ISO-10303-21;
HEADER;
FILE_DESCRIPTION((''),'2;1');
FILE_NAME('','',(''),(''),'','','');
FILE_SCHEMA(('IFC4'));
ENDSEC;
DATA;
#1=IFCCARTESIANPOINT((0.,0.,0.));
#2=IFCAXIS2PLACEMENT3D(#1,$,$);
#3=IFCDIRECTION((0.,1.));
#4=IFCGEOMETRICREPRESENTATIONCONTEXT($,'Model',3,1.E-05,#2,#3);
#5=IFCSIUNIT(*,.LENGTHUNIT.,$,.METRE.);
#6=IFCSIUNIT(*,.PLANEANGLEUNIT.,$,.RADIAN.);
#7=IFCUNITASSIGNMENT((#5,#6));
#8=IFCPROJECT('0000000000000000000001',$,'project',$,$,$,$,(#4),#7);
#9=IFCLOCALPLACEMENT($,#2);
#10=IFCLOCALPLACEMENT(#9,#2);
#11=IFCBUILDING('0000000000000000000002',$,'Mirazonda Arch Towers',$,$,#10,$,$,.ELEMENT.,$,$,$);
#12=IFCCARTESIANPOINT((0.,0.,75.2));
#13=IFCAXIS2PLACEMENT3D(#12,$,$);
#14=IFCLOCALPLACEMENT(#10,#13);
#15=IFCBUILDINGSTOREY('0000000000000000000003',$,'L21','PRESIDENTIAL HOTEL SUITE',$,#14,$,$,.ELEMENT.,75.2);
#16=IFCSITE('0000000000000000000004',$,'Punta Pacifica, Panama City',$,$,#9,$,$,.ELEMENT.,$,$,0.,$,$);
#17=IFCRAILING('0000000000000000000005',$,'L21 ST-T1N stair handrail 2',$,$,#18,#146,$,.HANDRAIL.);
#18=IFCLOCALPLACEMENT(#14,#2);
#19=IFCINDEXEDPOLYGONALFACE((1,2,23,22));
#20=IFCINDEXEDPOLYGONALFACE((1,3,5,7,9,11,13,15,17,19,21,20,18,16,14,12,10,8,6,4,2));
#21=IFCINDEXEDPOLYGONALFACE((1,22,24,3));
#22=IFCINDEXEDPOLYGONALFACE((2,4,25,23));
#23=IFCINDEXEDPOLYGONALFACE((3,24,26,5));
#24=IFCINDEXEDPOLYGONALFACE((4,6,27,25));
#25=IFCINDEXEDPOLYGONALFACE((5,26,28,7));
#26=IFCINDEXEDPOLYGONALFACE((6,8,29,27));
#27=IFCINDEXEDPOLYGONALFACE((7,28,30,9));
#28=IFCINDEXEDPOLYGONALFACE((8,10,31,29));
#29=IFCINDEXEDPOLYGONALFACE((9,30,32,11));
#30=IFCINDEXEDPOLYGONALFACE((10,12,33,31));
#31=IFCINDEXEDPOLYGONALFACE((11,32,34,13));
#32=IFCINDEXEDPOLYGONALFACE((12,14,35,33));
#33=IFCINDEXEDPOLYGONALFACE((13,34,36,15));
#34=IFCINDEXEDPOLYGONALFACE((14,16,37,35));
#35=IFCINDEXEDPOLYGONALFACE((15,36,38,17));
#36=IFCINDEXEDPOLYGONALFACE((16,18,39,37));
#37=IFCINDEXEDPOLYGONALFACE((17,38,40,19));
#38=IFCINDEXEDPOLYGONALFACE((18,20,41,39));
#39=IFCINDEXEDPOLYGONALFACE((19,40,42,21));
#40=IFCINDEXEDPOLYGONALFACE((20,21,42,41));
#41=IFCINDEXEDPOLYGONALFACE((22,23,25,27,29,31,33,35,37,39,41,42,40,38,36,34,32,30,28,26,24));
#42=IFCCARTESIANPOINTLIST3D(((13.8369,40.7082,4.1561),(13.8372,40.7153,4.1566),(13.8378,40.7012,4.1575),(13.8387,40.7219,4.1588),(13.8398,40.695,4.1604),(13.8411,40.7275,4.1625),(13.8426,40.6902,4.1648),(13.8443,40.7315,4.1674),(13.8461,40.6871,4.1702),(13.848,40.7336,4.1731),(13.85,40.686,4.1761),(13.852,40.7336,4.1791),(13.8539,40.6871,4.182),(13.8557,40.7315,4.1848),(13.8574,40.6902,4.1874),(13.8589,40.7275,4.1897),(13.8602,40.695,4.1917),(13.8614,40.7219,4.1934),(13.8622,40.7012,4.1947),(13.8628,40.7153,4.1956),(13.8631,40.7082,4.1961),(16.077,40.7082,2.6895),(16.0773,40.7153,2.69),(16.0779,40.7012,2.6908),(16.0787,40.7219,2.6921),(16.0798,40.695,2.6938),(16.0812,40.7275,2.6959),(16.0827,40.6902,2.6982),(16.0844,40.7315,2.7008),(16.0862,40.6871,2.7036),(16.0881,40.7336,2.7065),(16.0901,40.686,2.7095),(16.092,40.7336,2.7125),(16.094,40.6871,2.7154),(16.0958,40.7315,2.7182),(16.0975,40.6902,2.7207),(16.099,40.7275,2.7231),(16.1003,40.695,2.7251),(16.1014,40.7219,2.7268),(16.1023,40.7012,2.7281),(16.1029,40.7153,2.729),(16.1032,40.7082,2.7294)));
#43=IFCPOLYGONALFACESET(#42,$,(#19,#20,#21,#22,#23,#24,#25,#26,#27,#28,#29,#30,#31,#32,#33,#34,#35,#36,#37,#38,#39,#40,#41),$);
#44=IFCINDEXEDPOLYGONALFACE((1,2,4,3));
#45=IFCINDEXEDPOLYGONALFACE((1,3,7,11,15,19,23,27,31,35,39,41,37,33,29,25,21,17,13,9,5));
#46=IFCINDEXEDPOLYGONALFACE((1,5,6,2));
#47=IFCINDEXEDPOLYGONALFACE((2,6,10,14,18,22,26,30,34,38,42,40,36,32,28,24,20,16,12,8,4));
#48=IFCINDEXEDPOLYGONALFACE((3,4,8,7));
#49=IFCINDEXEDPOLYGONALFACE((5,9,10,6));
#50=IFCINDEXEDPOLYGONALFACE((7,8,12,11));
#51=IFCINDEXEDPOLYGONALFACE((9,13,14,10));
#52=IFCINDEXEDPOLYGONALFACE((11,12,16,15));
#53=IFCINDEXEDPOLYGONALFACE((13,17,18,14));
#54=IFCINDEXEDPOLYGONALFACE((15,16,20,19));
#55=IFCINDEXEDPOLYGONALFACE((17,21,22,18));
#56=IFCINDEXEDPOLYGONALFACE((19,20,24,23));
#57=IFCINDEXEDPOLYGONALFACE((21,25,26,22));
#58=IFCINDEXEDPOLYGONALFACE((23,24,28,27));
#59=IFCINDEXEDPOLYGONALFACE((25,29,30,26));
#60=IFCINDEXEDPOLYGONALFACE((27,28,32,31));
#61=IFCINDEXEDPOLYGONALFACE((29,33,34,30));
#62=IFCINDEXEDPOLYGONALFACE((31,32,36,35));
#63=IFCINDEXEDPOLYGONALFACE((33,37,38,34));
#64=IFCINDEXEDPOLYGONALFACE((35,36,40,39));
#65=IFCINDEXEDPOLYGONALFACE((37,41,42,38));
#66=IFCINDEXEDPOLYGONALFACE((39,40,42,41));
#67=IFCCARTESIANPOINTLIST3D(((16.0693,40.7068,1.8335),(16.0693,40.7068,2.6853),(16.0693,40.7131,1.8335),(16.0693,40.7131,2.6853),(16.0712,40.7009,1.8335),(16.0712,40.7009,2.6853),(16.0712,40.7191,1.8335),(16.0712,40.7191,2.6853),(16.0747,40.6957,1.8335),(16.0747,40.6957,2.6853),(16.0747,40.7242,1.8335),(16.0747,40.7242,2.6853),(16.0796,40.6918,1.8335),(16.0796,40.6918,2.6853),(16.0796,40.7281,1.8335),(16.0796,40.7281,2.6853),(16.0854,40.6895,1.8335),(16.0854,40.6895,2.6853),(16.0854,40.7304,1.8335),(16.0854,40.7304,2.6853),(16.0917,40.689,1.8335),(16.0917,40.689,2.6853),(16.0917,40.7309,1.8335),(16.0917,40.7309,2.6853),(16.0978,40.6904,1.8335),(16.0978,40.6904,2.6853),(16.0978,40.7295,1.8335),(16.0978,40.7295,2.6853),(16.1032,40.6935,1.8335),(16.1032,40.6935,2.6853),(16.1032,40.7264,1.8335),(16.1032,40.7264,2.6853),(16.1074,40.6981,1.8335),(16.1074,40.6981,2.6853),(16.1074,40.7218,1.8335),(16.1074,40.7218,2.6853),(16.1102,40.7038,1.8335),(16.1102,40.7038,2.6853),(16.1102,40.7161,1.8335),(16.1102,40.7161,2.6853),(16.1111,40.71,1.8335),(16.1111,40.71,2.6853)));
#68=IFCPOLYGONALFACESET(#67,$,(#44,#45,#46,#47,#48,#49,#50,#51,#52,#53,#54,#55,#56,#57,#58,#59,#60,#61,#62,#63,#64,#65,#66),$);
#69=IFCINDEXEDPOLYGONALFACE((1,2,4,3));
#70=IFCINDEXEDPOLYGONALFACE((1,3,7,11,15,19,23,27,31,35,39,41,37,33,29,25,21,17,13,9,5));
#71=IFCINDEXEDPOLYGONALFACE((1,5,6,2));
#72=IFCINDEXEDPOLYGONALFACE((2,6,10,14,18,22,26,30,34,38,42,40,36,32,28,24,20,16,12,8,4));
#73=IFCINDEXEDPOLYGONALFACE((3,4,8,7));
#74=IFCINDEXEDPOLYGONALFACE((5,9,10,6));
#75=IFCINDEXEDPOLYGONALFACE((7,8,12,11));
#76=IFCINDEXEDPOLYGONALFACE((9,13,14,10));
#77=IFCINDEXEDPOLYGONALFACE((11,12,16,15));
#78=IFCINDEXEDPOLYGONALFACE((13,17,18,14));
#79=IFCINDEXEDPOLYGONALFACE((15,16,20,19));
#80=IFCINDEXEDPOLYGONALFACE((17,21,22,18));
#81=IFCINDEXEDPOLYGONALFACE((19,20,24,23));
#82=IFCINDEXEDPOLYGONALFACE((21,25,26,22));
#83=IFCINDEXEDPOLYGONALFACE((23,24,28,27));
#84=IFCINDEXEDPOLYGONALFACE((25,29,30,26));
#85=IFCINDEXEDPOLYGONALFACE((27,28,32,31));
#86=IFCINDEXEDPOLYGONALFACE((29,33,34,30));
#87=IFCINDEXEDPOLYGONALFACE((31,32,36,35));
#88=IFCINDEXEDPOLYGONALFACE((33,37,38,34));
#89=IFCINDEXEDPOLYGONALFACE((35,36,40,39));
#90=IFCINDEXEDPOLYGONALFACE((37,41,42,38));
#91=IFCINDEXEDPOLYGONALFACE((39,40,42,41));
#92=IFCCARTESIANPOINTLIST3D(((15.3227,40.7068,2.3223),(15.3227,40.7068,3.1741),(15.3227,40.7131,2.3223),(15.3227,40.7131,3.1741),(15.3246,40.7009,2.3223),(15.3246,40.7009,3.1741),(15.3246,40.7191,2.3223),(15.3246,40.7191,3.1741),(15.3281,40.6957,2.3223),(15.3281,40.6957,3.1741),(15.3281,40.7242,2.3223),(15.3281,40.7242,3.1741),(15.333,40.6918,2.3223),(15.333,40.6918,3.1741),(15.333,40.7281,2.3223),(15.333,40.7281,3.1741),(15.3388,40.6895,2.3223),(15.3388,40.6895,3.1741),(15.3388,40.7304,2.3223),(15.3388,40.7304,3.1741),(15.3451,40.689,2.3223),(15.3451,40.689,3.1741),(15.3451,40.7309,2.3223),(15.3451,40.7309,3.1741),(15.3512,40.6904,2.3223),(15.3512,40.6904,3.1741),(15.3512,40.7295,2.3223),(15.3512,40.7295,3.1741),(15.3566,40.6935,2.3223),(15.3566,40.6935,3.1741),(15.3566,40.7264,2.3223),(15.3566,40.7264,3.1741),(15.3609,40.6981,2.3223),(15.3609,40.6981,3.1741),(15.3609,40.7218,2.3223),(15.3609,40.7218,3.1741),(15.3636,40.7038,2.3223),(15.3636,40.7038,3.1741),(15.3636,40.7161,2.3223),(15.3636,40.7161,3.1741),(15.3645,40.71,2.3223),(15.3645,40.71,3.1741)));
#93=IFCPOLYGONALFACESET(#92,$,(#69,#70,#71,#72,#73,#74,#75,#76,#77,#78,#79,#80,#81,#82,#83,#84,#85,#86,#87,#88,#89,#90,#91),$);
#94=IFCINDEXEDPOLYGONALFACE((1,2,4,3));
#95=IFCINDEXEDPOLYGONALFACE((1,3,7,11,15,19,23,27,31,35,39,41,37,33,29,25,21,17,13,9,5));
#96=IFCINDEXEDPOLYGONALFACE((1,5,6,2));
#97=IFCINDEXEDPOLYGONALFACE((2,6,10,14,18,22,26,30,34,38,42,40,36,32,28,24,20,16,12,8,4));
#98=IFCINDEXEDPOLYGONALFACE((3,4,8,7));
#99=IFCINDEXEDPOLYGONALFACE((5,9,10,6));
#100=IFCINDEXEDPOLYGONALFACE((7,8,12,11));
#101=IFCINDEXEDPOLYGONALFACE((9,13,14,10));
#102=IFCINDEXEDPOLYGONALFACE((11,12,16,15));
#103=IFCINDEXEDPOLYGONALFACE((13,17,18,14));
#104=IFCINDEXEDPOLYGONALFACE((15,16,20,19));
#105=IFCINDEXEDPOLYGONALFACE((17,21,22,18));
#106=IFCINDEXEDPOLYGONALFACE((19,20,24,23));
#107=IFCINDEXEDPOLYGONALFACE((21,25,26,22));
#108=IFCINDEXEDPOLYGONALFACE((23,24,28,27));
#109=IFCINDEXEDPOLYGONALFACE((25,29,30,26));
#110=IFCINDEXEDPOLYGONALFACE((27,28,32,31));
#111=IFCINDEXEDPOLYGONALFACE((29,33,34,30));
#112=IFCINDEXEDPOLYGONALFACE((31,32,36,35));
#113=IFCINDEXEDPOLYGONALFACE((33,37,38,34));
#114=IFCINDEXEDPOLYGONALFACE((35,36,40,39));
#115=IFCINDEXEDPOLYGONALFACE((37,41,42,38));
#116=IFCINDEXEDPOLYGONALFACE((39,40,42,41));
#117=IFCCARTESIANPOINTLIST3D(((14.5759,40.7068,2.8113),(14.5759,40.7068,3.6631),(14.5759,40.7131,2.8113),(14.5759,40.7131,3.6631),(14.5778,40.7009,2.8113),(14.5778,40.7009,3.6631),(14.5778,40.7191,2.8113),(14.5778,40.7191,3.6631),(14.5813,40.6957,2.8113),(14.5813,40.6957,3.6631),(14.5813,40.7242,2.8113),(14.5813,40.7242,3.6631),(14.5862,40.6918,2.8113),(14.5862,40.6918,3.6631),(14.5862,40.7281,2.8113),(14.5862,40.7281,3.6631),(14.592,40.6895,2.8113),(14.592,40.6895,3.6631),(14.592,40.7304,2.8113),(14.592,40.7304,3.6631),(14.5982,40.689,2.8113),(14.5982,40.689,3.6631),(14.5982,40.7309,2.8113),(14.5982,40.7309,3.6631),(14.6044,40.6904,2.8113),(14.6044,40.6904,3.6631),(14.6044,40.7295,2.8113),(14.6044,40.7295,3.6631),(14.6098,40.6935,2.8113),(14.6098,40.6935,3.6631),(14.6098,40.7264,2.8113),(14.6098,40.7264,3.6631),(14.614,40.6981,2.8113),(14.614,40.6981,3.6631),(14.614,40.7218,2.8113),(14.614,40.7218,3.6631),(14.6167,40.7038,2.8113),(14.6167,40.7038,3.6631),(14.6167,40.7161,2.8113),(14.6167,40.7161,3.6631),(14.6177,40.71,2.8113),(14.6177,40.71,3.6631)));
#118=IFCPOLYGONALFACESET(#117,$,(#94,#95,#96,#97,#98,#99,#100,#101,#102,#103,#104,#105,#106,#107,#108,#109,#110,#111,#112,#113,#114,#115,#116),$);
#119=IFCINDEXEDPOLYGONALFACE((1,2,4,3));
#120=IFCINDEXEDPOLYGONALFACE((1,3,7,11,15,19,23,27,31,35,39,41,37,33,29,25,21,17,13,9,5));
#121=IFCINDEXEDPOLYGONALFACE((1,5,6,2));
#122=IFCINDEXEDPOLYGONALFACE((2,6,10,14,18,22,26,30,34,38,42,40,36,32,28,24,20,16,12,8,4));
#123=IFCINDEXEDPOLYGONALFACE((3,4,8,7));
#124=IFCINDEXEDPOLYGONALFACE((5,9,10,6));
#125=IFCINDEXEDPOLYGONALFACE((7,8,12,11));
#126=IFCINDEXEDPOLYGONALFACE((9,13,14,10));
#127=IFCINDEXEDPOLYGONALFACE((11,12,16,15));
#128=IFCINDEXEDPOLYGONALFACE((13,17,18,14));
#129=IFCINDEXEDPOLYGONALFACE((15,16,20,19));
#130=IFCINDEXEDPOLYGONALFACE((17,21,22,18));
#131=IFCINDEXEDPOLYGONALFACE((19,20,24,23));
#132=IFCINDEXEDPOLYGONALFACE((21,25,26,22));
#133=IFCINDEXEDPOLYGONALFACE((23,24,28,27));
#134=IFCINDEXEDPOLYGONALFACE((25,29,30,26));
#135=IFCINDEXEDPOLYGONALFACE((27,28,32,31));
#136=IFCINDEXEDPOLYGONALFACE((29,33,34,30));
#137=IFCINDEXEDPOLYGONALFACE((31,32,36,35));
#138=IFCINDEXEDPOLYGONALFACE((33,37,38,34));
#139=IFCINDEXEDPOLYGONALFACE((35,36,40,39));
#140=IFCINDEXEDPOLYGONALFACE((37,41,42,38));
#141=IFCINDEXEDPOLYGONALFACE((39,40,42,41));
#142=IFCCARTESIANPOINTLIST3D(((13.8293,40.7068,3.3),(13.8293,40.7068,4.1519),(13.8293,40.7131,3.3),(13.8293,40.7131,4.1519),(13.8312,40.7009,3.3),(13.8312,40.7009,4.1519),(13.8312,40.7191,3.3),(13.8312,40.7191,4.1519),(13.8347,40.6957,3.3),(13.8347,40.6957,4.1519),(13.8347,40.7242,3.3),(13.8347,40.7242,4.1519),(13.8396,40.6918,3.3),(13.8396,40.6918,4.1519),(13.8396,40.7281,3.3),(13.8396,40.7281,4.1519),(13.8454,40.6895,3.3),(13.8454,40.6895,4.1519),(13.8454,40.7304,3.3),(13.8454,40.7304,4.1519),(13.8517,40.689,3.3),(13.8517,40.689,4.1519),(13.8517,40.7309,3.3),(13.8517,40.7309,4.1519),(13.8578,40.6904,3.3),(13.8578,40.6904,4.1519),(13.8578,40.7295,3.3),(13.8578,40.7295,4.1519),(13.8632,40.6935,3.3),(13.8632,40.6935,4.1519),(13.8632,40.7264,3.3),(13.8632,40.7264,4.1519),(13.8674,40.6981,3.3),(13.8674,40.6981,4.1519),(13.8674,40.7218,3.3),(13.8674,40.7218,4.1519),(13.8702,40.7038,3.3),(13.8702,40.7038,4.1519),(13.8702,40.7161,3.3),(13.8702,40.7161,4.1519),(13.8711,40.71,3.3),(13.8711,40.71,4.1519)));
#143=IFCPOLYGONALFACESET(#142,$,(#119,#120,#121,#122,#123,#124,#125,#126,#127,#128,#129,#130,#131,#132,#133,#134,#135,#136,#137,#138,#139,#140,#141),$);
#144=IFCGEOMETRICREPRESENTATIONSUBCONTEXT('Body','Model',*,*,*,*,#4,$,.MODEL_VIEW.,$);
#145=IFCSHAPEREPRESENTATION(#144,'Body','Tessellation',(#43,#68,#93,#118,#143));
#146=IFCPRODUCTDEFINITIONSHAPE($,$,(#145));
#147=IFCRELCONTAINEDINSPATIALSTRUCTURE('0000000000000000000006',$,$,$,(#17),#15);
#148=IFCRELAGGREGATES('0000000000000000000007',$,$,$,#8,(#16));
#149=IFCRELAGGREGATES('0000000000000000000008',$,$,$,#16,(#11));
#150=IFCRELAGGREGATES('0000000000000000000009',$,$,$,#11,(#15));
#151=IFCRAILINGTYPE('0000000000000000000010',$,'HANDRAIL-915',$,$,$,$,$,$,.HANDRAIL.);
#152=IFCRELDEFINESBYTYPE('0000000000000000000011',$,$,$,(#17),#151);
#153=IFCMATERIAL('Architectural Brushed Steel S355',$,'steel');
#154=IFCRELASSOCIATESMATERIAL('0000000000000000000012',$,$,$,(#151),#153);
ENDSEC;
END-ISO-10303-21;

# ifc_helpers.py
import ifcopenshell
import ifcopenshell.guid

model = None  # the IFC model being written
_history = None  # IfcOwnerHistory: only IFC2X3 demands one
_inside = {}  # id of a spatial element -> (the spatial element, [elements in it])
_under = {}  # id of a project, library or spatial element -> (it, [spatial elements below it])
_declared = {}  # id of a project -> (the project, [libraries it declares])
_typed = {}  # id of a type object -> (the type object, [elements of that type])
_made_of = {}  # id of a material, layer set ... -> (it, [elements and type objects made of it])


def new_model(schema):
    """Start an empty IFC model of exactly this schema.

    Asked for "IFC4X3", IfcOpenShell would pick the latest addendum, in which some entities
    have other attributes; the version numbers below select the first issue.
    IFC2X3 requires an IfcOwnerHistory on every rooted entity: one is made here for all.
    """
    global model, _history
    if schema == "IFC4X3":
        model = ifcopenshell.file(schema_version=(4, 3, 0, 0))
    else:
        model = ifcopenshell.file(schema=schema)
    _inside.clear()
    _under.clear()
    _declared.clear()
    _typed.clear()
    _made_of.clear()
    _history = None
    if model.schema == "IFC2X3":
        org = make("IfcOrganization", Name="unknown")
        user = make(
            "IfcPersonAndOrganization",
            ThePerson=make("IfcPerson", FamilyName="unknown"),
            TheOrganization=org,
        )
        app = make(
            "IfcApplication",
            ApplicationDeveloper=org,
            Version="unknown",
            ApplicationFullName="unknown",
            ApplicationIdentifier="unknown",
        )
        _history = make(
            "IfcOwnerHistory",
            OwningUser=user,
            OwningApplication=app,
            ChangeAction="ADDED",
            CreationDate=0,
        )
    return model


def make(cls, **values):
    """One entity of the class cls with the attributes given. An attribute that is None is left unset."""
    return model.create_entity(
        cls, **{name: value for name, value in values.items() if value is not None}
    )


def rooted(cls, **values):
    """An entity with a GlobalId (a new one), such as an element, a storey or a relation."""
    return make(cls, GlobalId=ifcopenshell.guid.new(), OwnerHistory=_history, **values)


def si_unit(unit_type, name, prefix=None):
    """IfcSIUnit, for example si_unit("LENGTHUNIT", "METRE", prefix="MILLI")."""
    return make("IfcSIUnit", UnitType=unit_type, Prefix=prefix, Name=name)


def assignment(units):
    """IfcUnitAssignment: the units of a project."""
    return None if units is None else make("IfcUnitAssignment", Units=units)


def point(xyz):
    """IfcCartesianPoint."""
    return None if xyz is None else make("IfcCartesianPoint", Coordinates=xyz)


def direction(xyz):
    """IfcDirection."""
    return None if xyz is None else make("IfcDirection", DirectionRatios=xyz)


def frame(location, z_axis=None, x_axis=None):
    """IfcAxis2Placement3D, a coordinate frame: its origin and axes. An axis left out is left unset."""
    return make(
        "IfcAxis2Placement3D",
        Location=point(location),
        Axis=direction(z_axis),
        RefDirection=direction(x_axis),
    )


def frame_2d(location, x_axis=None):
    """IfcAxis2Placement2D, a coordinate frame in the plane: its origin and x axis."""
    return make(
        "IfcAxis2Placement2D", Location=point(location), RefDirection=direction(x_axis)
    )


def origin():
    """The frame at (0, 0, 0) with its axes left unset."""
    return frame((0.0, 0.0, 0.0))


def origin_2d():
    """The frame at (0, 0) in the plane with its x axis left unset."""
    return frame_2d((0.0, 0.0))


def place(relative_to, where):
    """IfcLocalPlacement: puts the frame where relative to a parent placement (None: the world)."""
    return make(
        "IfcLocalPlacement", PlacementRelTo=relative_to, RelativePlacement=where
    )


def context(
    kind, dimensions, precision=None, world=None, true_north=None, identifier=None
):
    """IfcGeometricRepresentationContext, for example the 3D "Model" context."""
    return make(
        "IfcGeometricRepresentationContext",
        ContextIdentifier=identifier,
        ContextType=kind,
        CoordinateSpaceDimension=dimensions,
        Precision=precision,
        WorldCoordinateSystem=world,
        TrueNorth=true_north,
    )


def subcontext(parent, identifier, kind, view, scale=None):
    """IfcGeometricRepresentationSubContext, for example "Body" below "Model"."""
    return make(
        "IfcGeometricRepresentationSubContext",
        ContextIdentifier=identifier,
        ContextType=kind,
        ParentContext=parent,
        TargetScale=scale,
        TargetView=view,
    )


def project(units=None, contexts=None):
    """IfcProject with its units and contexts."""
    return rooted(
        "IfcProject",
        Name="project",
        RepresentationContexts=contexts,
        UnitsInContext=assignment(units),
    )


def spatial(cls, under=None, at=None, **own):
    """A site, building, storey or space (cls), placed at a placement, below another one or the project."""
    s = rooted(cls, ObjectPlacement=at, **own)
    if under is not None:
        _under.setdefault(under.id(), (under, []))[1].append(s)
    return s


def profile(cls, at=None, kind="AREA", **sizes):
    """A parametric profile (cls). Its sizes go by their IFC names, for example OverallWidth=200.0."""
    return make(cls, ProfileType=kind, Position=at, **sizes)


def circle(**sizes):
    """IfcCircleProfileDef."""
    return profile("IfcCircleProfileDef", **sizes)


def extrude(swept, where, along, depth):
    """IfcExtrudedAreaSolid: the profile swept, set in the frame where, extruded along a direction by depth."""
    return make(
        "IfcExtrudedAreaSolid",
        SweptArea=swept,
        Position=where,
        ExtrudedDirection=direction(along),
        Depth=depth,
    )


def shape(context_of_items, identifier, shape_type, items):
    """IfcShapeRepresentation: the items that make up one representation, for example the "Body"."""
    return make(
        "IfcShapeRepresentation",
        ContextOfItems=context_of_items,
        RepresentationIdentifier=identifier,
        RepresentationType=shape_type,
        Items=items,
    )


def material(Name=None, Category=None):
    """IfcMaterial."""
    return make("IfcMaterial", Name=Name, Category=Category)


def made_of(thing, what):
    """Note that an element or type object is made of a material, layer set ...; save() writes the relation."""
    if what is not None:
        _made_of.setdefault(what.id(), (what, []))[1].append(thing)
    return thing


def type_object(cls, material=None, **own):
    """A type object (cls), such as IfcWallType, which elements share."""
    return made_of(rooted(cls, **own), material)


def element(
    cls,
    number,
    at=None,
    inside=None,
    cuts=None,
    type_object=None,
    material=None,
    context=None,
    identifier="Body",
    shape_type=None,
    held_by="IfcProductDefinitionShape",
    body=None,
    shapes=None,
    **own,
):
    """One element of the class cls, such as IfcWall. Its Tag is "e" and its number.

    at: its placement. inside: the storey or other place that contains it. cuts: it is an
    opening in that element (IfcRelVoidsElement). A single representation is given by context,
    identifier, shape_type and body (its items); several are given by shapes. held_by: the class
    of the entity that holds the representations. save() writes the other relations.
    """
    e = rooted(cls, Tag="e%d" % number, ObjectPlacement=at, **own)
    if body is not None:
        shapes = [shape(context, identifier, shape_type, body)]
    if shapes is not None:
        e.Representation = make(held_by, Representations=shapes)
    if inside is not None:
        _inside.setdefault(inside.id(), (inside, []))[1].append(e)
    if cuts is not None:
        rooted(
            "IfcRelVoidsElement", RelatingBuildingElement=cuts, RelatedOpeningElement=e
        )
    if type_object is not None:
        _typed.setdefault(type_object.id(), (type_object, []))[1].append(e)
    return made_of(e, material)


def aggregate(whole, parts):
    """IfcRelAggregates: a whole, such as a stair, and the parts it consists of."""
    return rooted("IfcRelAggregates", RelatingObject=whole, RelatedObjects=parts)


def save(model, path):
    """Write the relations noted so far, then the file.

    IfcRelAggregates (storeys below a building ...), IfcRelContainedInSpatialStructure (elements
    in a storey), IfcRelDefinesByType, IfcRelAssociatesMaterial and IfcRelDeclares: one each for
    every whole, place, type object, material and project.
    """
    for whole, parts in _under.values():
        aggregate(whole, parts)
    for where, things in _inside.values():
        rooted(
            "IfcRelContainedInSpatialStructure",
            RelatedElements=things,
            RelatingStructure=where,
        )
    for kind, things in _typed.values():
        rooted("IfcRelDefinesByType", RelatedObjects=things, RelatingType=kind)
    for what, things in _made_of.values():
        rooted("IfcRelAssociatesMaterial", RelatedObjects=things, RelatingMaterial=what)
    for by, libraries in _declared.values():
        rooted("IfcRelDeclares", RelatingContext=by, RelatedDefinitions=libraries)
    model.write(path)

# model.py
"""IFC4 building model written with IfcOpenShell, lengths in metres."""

from ifc_helpers import new_model, si_unit, direction, frame, origin, origin_2d, place, context, subcontext, project, spatial, circle, extrude, material, type_object, element, save


model = new_model("IFC4")

# Units and contexts
model_context = context("Model", 3, precision=1e-05, world=origin(), true_north=direction((0.0, 1.0)))
body_context = subcontext(model_context, "Body", "Model", "MODEL_VIEW")
ifc_project = project(units=[si_unit("LENGTHUNIT", "METRE"), si_unit("PLANEANGLEUNIT", "RADIAN")], contexts=[model_context])

# Site, building, storey
site_placement = place(None, origin())
site = spatial("IfcSite", under=ifc_project, at=site_placement, Name="Punta Pacifica, Panama City", CompositionType="ELEMENT", RefElevation=0.0)
building_placement = place(site_placement, origin())
building = spatial("IfcBuilding", under=site, at=building_placement, Name="Mirazonda Arch Towers", CompositionType="ELEMENT")
storey_placement = place(building_placement, frame((0.0, 0.0, 75.2)))
storey = spatial("IfcBuildingStorey", under=building, at=storey_placement, Name="L21", Description="PRESIDENTIAL HOTEL SUITE", CompositionType="ELEMENT", Elevation=75.2)

# Railing
ifc_material_1 = material(Name="Architectural Brushed Steel S355", Category="steel")
railing_type_1 = type_object("IfcRailingType", Name="HANDRAIL-915", PredefinedType="HANDRAIL", material=ifc_material_1)
railing_1_placement = place(storey_placement, frame((16.0901, 40.71, 1.8335)))
element("IfcRailing", 1, at=railing_1_placement, inside=storey, type_object=railing_type_1, Name="L21 ST-T1N stair handrail 2", PredefinedType="HANDRAIL", context=body_context, shape_type="SweptSolid", body=[
    extrude(circle(Radius=0.0239, at=origin_2d()), frame((0.0, 0.0, 0.876), z_axis=(-0.836637, 0.0, 0.547758), x_axis=(0.0, -1.0, 0.0)), (0.0, 0.0, 1.0), 2.6775),
    extrude(circle(Radius=0.021, at=origin_2d()), origin(), (0.0, 0.0, 1.0), 0.8518),
    extrude(circle(Radius=0.021, at=origin_2d()), frame((-0.7466, 0.0, 0.4888)), (0.0, 0.0, 1.0), 0.8518),
    extrude(circle(Radius=0.021, at=origin_2d()), frame((-1.4934, 0.0, 0.9778)), (0.0, 0.0, 1.0), 0.8518),
    extrude(circle(Radius=0.021, at=origin_2d()), frame((-2.24, 0.0, 1.4666)), (0.0, 0.0, 1.0), 0.8518),
])

save(model, "model.ifc")
